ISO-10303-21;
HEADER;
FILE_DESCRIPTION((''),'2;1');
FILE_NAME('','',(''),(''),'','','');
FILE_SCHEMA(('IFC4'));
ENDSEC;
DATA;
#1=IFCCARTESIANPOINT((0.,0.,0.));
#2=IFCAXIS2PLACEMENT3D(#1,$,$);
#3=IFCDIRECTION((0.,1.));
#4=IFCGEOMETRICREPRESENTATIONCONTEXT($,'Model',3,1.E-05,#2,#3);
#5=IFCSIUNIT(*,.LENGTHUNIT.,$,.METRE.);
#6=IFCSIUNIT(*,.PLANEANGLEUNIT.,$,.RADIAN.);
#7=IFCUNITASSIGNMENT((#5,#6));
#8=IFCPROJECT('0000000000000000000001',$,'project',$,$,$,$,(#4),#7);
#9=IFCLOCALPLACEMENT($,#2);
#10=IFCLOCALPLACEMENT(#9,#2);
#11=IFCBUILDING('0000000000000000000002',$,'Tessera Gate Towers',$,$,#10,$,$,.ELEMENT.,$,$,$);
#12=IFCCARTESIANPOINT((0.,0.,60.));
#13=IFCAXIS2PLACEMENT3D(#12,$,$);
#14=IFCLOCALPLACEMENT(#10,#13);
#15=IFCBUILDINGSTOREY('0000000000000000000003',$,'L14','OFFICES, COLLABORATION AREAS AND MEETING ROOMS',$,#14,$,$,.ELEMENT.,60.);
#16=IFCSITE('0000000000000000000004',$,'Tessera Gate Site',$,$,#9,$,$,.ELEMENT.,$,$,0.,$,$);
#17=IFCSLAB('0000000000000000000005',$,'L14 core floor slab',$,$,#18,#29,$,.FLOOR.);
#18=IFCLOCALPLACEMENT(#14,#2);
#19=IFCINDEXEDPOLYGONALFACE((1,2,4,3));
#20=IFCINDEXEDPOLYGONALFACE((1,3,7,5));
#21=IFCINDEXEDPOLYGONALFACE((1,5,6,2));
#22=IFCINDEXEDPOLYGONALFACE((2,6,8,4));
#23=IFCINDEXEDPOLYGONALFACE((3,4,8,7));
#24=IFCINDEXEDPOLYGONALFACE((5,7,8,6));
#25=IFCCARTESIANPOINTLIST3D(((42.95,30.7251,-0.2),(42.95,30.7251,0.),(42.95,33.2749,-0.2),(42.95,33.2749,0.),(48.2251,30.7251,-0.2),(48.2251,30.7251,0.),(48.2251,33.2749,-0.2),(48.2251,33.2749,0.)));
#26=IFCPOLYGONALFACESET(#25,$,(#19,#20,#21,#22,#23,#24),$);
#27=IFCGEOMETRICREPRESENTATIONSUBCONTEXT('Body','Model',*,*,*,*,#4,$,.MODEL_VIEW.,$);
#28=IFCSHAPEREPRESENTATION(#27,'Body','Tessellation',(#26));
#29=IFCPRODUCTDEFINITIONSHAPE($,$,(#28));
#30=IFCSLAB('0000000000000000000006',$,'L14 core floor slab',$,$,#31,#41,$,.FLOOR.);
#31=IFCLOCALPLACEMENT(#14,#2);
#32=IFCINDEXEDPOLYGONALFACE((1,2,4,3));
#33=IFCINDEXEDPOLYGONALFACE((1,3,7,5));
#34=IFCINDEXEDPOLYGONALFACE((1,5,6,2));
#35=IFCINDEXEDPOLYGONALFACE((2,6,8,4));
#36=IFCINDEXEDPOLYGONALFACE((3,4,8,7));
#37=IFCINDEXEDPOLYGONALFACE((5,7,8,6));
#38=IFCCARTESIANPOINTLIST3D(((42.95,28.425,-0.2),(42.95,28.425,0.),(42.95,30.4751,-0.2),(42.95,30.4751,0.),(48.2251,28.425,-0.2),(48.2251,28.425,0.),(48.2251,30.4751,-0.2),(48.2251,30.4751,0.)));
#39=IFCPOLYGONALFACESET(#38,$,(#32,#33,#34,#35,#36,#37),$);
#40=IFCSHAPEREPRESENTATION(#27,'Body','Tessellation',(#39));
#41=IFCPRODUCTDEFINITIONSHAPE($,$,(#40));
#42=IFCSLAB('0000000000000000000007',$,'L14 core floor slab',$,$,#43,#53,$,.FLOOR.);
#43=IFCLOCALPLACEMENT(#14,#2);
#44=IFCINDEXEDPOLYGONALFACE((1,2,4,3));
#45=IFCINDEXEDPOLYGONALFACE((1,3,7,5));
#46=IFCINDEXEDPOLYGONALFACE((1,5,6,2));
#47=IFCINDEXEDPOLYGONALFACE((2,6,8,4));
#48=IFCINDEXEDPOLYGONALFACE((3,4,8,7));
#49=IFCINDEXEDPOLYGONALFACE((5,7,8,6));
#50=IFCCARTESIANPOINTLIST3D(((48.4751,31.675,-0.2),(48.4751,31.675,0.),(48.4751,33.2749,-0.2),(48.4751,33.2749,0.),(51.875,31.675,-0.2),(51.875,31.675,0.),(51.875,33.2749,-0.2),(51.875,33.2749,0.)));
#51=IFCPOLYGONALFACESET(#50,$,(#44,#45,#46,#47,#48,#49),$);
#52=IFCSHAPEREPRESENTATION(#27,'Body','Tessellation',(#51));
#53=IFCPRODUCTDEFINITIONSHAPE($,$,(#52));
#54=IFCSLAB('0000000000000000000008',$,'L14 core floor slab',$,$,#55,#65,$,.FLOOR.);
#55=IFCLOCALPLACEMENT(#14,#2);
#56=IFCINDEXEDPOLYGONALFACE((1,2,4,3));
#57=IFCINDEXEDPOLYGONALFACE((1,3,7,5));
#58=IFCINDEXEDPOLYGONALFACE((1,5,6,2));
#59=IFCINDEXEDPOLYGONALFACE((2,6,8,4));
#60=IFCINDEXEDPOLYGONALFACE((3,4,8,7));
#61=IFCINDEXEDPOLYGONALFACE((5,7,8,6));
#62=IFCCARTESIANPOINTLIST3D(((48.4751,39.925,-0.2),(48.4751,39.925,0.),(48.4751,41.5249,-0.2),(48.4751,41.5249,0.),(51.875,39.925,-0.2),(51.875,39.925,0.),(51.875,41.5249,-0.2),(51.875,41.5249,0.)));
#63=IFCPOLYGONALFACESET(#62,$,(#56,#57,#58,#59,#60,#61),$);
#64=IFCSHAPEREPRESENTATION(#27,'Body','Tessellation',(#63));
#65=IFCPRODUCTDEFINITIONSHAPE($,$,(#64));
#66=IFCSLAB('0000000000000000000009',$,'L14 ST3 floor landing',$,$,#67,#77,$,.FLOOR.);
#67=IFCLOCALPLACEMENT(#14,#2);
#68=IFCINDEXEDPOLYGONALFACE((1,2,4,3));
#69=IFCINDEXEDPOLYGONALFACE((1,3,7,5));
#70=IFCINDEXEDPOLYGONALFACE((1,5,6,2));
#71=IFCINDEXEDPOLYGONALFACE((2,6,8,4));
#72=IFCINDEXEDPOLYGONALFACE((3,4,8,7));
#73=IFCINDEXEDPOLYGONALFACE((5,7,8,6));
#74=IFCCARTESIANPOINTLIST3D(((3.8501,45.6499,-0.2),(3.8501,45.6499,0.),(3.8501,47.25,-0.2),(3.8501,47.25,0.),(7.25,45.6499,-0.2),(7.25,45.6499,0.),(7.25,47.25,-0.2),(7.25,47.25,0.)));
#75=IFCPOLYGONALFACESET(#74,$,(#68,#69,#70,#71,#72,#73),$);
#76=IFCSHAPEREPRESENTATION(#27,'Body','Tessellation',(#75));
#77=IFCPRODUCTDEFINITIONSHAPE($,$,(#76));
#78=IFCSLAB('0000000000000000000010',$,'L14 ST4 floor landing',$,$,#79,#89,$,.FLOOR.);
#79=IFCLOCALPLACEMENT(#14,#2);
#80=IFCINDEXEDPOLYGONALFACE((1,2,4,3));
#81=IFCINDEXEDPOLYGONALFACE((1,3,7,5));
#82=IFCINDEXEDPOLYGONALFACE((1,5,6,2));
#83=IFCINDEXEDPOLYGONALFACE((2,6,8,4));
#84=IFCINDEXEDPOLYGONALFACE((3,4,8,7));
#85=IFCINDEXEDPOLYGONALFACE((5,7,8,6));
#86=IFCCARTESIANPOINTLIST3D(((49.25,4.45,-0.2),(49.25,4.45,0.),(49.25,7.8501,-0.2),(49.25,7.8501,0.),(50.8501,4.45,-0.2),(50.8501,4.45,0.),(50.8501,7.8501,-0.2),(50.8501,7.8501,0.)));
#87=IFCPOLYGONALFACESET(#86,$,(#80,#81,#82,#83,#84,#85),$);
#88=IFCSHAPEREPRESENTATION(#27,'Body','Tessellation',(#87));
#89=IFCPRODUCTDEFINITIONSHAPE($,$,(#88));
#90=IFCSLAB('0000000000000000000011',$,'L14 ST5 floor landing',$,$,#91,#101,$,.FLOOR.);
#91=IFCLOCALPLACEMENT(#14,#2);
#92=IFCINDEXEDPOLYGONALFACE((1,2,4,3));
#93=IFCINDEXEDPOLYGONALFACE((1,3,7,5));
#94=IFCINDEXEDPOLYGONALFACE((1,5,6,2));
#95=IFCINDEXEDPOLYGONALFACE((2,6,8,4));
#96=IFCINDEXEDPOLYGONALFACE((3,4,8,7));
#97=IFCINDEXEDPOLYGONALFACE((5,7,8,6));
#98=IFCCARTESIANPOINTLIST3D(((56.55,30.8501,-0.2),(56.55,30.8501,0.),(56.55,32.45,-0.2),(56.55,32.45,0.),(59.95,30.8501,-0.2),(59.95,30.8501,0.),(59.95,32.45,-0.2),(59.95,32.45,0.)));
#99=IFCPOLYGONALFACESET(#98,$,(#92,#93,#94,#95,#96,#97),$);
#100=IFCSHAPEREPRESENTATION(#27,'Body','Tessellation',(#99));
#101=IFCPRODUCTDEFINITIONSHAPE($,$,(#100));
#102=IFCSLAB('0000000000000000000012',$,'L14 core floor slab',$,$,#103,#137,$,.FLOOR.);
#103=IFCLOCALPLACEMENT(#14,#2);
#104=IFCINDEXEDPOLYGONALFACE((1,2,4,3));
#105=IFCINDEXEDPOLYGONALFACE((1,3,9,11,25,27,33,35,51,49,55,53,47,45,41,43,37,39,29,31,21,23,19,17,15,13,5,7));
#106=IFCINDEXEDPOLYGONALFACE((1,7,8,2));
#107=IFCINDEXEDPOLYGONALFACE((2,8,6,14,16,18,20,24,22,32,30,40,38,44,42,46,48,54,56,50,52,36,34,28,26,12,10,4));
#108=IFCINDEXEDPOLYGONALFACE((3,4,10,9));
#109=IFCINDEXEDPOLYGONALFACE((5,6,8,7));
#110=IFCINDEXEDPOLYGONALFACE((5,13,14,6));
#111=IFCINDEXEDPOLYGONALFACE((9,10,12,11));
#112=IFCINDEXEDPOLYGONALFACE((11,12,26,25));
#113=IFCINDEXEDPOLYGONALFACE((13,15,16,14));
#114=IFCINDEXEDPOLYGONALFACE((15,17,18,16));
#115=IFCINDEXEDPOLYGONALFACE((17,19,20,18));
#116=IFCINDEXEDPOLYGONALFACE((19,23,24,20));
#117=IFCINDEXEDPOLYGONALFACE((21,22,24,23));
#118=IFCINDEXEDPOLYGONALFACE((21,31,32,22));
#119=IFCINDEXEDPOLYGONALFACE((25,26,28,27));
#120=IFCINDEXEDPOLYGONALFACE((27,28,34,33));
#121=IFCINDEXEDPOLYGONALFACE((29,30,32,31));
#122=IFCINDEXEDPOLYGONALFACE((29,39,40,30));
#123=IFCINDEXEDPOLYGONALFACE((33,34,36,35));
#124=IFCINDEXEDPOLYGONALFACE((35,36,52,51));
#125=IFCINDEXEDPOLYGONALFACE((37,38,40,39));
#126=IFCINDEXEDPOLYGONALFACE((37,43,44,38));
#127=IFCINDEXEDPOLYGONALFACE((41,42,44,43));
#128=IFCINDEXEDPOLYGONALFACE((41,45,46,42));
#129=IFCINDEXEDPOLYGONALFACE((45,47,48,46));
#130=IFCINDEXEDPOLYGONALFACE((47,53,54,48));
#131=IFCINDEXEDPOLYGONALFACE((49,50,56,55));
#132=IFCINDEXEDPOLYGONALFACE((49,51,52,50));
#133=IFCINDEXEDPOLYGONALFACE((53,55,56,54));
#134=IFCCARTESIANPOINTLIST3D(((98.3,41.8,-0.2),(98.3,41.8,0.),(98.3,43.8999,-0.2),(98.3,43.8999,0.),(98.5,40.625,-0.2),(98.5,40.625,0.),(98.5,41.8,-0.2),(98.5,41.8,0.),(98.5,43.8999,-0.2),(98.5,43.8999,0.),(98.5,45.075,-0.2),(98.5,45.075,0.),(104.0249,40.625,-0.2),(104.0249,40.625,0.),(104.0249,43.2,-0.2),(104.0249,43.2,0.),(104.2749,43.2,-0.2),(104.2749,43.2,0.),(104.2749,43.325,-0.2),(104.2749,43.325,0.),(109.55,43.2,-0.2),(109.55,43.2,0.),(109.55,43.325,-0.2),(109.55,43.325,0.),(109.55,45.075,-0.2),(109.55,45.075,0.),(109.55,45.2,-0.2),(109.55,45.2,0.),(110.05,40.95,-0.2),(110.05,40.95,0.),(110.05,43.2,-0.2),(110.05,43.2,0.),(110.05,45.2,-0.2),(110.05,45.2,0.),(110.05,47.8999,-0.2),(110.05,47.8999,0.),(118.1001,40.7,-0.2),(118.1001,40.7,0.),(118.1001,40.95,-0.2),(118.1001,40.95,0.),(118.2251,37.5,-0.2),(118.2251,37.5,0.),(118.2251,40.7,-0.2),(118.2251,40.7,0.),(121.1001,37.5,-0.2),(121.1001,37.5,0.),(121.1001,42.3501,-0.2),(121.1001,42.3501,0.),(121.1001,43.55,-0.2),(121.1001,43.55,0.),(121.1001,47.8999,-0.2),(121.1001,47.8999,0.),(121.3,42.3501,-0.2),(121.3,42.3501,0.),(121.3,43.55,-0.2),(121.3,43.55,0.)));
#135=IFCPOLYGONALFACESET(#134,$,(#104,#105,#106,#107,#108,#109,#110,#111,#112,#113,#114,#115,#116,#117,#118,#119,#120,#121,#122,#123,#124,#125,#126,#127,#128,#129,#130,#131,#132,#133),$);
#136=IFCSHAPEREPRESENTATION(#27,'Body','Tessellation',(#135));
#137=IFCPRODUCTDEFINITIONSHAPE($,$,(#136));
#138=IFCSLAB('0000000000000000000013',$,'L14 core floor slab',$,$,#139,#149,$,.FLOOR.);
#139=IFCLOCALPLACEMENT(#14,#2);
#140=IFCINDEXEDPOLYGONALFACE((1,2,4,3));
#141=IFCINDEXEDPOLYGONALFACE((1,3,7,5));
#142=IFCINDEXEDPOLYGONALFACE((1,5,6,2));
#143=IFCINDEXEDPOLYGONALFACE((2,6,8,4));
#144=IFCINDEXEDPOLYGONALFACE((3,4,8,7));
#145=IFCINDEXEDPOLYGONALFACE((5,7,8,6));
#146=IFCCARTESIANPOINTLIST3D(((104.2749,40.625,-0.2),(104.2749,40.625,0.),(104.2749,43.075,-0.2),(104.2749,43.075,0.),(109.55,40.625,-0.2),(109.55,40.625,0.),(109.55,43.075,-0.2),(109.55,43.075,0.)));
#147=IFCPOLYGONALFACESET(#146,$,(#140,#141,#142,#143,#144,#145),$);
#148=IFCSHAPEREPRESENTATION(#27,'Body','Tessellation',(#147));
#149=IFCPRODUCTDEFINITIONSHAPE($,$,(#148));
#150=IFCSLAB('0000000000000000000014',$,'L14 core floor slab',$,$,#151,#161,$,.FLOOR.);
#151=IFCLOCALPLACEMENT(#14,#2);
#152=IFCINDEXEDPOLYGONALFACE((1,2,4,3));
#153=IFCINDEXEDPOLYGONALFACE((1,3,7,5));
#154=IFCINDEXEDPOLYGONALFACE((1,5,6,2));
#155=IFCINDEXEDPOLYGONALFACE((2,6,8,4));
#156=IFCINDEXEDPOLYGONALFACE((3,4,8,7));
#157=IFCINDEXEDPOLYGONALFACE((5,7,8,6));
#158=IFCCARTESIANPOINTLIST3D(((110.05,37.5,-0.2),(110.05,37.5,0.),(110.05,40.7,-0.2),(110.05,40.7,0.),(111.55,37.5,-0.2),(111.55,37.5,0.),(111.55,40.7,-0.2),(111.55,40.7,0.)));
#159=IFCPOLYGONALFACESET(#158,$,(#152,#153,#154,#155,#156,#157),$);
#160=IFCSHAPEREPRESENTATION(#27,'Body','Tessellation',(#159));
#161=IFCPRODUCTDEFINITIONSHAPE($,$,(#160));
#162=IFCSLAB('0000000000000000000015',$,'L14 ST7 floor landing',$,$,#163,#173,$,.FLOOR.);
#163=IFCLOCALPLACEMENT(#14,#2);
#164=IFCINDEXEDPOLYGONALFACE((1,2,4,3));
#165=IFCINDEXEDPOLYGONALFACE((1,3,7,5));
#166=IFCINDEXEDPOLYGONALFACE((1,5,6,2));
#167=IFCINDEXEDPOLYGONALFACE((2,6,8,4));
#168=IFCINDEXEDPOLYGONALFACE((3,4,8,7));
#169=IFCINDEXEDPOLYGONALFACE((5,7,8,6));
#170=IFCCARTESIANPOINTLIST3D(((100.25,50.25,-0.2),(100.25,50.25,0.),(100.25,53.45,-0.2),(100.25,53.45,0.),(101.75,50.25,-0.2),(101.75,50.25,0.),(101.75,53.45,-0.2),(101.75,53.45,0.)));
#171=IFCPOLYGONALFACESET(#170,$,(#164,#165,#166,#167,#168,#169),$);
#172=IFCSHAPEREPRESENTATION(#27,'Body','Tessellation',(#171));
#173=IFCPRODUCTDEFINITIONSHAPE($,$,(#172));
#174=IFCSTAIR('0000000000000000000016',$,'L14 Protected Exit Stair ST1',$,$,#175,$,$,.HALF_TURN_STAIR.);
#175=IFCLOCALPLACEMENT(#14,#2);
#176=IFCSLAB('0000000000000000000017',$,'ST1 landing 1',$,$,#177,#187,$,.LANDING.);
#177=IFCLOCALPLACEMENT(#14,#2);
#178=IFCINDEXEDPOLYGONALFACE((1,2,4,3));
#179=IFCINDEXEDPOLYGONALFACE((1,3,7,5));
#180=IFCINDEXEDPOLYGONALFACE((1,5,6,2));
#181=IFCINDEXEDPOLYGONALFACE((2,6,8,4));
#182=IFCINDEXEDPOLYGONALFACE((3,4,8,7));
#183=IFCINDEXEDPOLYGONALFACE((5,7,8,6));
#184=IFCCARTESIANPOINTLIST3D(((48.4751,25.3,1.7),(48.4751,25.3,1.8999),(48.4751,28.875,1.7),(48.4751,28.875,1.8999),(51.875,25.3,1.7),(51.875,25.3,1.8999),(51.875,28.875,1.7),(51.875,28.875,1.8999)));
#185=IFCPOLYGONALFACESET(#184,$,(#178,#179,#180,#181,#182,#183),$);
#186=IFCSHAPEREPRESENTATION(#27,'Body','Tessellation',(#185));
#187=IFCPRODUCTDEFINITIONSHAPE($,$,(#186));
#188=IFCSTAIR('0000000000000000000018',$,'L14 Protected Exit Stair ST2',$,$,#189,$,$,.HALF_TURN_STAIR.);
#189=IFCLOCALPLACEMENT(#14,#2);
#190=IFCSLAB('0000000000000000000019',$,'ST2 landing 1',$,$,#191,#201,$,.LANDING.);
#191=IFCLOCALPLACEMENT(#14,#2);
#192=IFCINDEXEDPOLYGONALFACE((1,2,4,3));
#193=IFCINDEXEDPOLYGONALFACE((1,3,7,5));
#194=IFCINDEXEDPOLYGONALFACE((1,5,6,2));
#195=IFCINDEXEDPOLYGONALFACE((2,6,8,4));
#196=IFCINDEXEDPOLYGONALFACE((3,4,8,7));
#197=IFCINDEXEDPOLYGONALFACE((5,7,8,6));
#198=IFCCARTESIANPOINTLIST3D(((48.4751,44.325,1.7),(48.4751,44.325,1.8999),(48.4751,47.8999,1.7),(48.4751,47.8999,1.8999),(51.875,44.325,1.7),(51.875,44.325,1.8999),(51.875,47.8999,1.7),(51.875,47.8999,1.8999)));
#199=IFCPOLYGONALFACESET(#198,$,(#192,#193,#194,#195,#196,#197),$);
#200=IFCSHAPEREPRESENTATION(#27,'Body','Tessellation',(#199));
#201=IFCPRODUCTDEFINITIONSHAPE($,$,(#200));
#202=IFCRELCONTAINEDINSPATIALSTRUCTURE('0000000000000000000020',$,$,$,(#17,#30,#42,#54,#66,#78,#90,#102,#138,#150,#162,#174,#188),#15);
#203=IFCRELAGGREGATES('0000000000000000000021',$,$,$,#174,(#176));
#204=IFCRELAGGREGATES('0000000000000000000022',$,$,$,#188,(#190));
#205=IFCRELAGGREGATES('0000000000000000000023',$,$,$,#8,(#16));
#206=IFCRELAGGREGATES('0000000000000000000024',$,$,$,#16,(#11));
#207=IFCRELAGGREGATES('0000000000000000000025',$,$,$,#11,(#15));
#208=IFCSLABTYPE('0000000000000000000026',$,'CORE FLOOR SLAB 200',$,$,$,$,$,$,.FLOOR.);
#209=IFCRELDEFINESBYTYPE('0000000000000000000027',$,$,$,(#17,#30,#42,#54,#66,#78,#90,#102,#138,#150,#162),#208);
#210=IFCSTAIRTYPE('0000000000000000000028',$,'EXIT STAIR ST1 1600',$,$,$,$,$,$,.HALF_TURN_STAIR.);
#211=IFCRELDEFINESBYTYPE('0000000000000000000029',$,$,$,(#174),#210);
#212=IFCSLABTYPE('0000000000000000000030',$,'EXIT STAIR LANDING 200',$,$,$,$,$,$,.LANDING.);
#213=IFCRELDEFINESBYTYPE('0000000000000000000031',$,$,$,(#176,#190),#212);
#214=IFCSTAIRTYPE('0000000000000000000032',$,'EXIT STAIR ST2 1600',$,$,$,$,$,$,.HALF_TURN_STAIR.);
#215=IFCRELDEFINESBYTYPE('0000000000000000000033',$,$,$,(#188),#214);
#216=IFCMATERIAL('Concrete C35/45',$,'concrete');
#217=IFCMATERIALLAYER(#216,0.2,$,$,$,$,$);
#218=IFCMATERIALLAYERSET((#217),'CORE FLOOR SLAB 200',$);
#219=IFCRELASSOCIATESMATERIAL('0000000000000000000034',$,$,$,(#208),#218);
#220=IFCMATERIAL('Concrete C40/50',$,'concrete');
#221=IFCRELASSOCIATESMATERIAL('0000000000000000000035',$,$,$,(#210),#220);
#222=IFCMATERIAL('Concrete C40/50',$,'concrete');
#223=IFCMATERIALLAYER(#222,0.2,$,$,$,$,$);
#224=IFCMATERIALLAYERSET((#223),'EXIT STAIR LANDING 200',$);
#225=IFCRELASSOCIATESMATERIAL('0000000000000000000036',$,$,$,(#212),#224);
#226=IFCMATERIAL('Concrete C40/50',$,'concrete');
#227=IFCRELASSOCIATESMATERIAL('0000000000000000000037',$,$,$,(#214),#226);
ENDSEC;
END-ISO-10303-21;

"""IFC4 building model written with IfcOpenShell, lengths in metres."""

from ifc_helpers import new_model, si_unit, direction, frame, origin, place, context, subcontext, project, spatial, polyline, outline, extrude, material, layer, layer_set, type_object, element, aggregate, save


model = new_model("IFC4")

# Units and contexts
model_context = context("Model", 3, precision=1e-05, world=origin(), true_north=direction((0.0, 1.0)))
body_context = subcontext(model_context, "Body", "Model", "MODEL_VIEW")
ifc_project = project(units=[si_unit("LENGTHUNIT", "METRE"), si_unit("PLANEANGLEUNIT", "RADIAN")], contexts=[model_context])

# Site, building, storey
site_placement = place(None, origin())
site = spatial("IfcSite", under=ifc_project, at=site_placement, Name="Tessera Gate Site", CompositionType="ELEMENT", RefElevation=0.0)
building_placement = place(site_placement, origin())
building = spatial("IfcBuilding", under=site, at=building_placement, Name="Tessera Gate Towers", CompositionType="ELEMENT")
storey_placement = place(building_placement, frame((0.0, 0.0, 60.0)))
storey = spatial("IfcBuildingStorey", under=building, at=storey_placement, Name="L14", Description="OFFICES, COLLABORATION AREAS AND MEETING ROOMS", CompositionType="ELEMENT", Elevation=60.0)

# Slabs
ifc_material_1 = material(Name="Concrete C35/45", Category="concrete")
ifc_layer_1 = layer(ifc_material_1, 0.2)
ifc_layer_set_1 = layer_set([ifc_layer_1], Name="CORE FLOOR SLAB 200")
slab_type_1 = type_object("IfcSlabType", Name="CORE FLOOR SLAB 200", PredefinedType="FLOOR", material=ifc_layer_set_1)
slab_1_placement = place(storey_placement, frame((0.0, 0.0, -0.2)))
element("IfcSlab", 1, at=slab_1_placement, inside=storey, type_object=slab_type_1, Name="L14 core floor slab", PredefinedType="FLOOR", context=body_context, shape_type="SweptSolid", body=[
    extrude(outline(polyline([(42.95, 33.2749), (42.95, 30.7251), (48.2251, 30.7251), (48.2251, 33.2749), (42.95, 33.2749)])), origin(), (0.0, 0.0, 1.0), 0.2),
])
slab_2_placement = place(storey_placement, frame((0.0, 0.0, -0.2)))
element("IfcSlab", 2, at=slab_2_placement, inside=storey, type_object=slab_type_1, Name="L14 core floor slab", PredefinedType="FLOOR", context=body_context, shape_type="SweptSolid", body=[
    extrude(outline(polyline([(42.95, 30.4751), (42.95, 28.425), (48.2251, 28.425), (48.2251, 30.4751), (42.95, 30.4751)])), origin(), (0.0, 0.0, 1.0), 0.2),
])
slab_3_placement = place(storey_placement, frame((0.0, 0.0, -0.2)))
element("IfcSlab", 3, at=slab_3_placement, inside=storey, type_object=slab_type_1, Name="L14 core floor slab", PredefinedType="FLOOR", context=body_context, shape_type="SweptSolid", body=[
    extrude(outline(polyline([(51.875, 31.675), (51.875, 33.2749), (48.4751, 33.2749), (48.4751, 31.675), (51.875, 31.675)])), origin(), (0.0, 0.0, 1.0), 0.2),
])
slab_4_placement = place(storey_placement, frame((0.0, 0.0, -0.2)))
element("IfcSlab", 4, at=slab_4_placement, inside=storey, type_object=slab_type_1, Name="L14 core floor slab", PredefinedType="FLOOR", context=body_context, shape_type="SweptSolid", body=[
    extrude(outline(polyline([(48.4751, 41.5249), (48.4751, 39.925), (51.875, 39.925), (51.875, 41.5249), (48.4751, 41.5249)])), origin(), (0.0, 0.0, 1.0), 0.2),
])
slab_5_placement = place(storey_placement, frame((0.0, 0.0, -0.2)))
element("IfcSlab", 5, at=slab_5_placement, inside=storey, type_object=slab_type_1, Name="L14 ST3 floor landing", PredefinedType="FLOOR", context=body_context, shape_type="SweptSolid", body=[
    extrude(outline(polyline([(3.8501, 47.25), (3.8501, 45.6499), (7.25, 45.6499), (7.25, 47.25), (3.8501, 47.25)])), origin(), (0.0, 0.0, 1.0), 0.2),
])
slab_6_placement = place(storey_placement, frame((0.0, 0.0, -0.2)))
element("IfcSlab", 6, at=slab_6_placement, inside=storey, type_object=slab_type_1, Name="L14 ST4 floor landing", PredefinedType="FLOOR", context=body_context, shape_type="SweptSolid", body=[
    extrude(outline(polyline([(49.25, 4.45), (50.8501, 4.45), (50.8501, 7.8501), (49.25, 7.8501), (49.25, 4.45)])), origin(), (0.0, 0.0, 1.0), 0.2),
])
slab_7_placement = place(storey_placement, frame((0.0, 0.0, -0.2)))
element("IfcSlab", 7, at=slab_7_placement, inside=storey, type_object=slab_type_1, Name="L14 ST5 floor landing", PredefinedType="FLOOR", context=body_context, shape_type="SweptSolid", body=[
    extrude(outline(polyline([(59.95, 30.8501), (59.95, 32.45), (56.55, 32.45), (56.55, 30.8501), (59.95, 30.8501)])), origin(), (0.0, 0.0, 1.0), 0.2),
])
slab_8_placement = place(storey_placement, frame((0.0, 0.0, -0.2)))
element("IfcSlab", 8, at=slab_8_placement, inside=storey, type_object=slab_type_1, Name="L14 core floor slab", PredefinedType="FLOOR", context=body_context, shape_type="SweptSolid", body=[
    extrude(outline(polyline([(109.55, 45.2), (109.55, 45.075), (98.5, 45.075), (98.5, 43.8999), (98.3, 43.8999), (98.3, 41.8), (98.5, 41.8), (98.5, 40.625), (104.0249, 40.625), (104.0249, 43.2), (104.2749, 43.2), (104.2749, 43.325), (109.55, 43.325), (109.55, 43.2), (110.05, 43.2), (110.05, 40.95), (118.1001, 40.95), (118.1001, 40.7), (118.2251, 40.7), (118.2251, 37.5), (121.1001, 37.5), (121.1001, 42.3501), (121.3, 42.3501), (121.3, 43.55), (121.1001, 43.55), (121.1001, 47.8999), (110.05, 47.8999), (110.05, 45.2), (109.55, 45.2)])), origin(), (0.0, 0.0, 1.0), 0.2),
])
slab_9_placement = place(storey_placement, frame((0.0, 0.0, -0.2)))
element("IfcSlab", 9, at=slab_9_placement, inside=storey, type_object=slab_type_1, Name="L14 core floor slab", PredefinedType="FLOOR", context=body_context, shape_type="SweptSolid", body=[
    extrude(outline(polyline([(109.55, 43.075), (104.2749, 43.075), (104.2749, 40.625), (109.55, 40.625), (109.55, 43.075)])), origin(), (0.0, 0.0, 1.0), 0.2),
])
slab_10_placement = place(storey_placement, frame((0.0, 0.0, -0.2)))
element("IfcSlab", 10, at=slab_10_placement, inside=storey, type_object=slab_type_1, Name="L14 core floor slab", PredefinedType="FLOOR", context=body_context, shape_type="SweptSolid", body=[
    extrude(outline(polyline([(111.55, 37.5), (111.55, 40.7), (110.05, 40.7), (110.05, 37.5), (111.55, 37.5)])), origin(), (0.0, 0.0, 1.0), 0.2),
])
slab_11_placement = place(storey_placement, frame((0.0, 0.0, -0.2)))
element("IfcSlab", 11, at=slab_11_placement, inside=storey, type_object=slab_type_1, Name="L14 ST7 floor landing", PredefinedType="FLOOR", context=body_context, shape_type="SweptSolid", body=[
    extrude(outline(polyline([(100.25, 50.25), (101.75, 50.25), (101.75, 53.45), (100.25, 53.45), (100.25, 50.25)])), origin(), (0.0, 0.0, 1.0), 0.2),
])

# Stairs, slabs
ifc_material_2 = material(Name="Concrete C40/50", Category="concrete")
stair_type_1 = type_object("IfcStairType", Name="EXIT STAIR ST1 1600", PredefinedType="HALF_TURN_STAIR", material=ifc_material_2)
stair_1_placement = place(storey_placement, origin())
stair_1 = element("IfcStair", 12, at=stair_1_placement, inside=storey, type_object=stair_type_1, Name="L14 Protected Exit Stair ST1", PredefinedType="HALF_TURN_STAIR")
ifc_material_3 = material(Name="Concrete C40/50", Category="concrete")
ifc_layer_2 = layer(ifc_material_3, 0.2)
ifc_layer_set_2 = layer_set([ifc_layer_2], Name="EXIT STAIR LANDING 200")
slab_type_2 = type_object("IfcSlabType", Name="EXIT STAIR LANDING 200", PredefinedType="LANDING", material=ifc_layer_set_2)
slab_12_placement = place(storey_placement, frame((0.0, 0.0, 1.7)))
slab_12 = element("IfcSlab", 13, at=slab_12_placement, type_object=slab_type_2, Name="ST1 landing 1", PredefinedType="LANDING", context=body_context, shape_type="SweptSolid", body=[
    extrude(outline(polyline([(48.4751, 28.875), (48.4751, 25.3), (51.875, 25.3), (51.875, 28.875), (48.4751, 28.875)])), origin(), (0.0, 0.0, 1.0), 0.2),
])
aggregate(stair_1, [slab_12])
ifc_material_4 = material(Name="Concrete C40/50", Category="concrete")
stair_type_2 = type_object("IfcStairType", Name="EXIT STAIR ST2 1600", PredefinedType="HALF_TURN_STAIR", material=ifc_material_4)
stair_2_placement = place(storey_placement, origin())
stair_2 = element("IfcStair", 14, at=stair_2_placement, inside=storey, type_object=stair_type_2, Name="L14 Protected Exit Stair ST2", PredefinedType="HALF_TURN_STAIR")
slab_13_placement = place(storey_placement, frame((0.0, 0.0, 1.7)))
slab_13 = element("IfcSlab", 15, at=slab_13_placement, type_object=slab_type_2, Name="ST2 landing 1", PredefinedType="LANDING", context=body_context, shape_type="SweptSolid", body=[
    extrude(outline(polyline([(51.875, 44.325), (51.875, 47.8999), (48.4751, 47.8999), (48.4751, 44.325), (51.875, 44.325)])), origin(), (0.0, 0.0, 1.0), 0.2),
])
aggregate(stair_2, [slab_13])

save(model, "model.ifc")
